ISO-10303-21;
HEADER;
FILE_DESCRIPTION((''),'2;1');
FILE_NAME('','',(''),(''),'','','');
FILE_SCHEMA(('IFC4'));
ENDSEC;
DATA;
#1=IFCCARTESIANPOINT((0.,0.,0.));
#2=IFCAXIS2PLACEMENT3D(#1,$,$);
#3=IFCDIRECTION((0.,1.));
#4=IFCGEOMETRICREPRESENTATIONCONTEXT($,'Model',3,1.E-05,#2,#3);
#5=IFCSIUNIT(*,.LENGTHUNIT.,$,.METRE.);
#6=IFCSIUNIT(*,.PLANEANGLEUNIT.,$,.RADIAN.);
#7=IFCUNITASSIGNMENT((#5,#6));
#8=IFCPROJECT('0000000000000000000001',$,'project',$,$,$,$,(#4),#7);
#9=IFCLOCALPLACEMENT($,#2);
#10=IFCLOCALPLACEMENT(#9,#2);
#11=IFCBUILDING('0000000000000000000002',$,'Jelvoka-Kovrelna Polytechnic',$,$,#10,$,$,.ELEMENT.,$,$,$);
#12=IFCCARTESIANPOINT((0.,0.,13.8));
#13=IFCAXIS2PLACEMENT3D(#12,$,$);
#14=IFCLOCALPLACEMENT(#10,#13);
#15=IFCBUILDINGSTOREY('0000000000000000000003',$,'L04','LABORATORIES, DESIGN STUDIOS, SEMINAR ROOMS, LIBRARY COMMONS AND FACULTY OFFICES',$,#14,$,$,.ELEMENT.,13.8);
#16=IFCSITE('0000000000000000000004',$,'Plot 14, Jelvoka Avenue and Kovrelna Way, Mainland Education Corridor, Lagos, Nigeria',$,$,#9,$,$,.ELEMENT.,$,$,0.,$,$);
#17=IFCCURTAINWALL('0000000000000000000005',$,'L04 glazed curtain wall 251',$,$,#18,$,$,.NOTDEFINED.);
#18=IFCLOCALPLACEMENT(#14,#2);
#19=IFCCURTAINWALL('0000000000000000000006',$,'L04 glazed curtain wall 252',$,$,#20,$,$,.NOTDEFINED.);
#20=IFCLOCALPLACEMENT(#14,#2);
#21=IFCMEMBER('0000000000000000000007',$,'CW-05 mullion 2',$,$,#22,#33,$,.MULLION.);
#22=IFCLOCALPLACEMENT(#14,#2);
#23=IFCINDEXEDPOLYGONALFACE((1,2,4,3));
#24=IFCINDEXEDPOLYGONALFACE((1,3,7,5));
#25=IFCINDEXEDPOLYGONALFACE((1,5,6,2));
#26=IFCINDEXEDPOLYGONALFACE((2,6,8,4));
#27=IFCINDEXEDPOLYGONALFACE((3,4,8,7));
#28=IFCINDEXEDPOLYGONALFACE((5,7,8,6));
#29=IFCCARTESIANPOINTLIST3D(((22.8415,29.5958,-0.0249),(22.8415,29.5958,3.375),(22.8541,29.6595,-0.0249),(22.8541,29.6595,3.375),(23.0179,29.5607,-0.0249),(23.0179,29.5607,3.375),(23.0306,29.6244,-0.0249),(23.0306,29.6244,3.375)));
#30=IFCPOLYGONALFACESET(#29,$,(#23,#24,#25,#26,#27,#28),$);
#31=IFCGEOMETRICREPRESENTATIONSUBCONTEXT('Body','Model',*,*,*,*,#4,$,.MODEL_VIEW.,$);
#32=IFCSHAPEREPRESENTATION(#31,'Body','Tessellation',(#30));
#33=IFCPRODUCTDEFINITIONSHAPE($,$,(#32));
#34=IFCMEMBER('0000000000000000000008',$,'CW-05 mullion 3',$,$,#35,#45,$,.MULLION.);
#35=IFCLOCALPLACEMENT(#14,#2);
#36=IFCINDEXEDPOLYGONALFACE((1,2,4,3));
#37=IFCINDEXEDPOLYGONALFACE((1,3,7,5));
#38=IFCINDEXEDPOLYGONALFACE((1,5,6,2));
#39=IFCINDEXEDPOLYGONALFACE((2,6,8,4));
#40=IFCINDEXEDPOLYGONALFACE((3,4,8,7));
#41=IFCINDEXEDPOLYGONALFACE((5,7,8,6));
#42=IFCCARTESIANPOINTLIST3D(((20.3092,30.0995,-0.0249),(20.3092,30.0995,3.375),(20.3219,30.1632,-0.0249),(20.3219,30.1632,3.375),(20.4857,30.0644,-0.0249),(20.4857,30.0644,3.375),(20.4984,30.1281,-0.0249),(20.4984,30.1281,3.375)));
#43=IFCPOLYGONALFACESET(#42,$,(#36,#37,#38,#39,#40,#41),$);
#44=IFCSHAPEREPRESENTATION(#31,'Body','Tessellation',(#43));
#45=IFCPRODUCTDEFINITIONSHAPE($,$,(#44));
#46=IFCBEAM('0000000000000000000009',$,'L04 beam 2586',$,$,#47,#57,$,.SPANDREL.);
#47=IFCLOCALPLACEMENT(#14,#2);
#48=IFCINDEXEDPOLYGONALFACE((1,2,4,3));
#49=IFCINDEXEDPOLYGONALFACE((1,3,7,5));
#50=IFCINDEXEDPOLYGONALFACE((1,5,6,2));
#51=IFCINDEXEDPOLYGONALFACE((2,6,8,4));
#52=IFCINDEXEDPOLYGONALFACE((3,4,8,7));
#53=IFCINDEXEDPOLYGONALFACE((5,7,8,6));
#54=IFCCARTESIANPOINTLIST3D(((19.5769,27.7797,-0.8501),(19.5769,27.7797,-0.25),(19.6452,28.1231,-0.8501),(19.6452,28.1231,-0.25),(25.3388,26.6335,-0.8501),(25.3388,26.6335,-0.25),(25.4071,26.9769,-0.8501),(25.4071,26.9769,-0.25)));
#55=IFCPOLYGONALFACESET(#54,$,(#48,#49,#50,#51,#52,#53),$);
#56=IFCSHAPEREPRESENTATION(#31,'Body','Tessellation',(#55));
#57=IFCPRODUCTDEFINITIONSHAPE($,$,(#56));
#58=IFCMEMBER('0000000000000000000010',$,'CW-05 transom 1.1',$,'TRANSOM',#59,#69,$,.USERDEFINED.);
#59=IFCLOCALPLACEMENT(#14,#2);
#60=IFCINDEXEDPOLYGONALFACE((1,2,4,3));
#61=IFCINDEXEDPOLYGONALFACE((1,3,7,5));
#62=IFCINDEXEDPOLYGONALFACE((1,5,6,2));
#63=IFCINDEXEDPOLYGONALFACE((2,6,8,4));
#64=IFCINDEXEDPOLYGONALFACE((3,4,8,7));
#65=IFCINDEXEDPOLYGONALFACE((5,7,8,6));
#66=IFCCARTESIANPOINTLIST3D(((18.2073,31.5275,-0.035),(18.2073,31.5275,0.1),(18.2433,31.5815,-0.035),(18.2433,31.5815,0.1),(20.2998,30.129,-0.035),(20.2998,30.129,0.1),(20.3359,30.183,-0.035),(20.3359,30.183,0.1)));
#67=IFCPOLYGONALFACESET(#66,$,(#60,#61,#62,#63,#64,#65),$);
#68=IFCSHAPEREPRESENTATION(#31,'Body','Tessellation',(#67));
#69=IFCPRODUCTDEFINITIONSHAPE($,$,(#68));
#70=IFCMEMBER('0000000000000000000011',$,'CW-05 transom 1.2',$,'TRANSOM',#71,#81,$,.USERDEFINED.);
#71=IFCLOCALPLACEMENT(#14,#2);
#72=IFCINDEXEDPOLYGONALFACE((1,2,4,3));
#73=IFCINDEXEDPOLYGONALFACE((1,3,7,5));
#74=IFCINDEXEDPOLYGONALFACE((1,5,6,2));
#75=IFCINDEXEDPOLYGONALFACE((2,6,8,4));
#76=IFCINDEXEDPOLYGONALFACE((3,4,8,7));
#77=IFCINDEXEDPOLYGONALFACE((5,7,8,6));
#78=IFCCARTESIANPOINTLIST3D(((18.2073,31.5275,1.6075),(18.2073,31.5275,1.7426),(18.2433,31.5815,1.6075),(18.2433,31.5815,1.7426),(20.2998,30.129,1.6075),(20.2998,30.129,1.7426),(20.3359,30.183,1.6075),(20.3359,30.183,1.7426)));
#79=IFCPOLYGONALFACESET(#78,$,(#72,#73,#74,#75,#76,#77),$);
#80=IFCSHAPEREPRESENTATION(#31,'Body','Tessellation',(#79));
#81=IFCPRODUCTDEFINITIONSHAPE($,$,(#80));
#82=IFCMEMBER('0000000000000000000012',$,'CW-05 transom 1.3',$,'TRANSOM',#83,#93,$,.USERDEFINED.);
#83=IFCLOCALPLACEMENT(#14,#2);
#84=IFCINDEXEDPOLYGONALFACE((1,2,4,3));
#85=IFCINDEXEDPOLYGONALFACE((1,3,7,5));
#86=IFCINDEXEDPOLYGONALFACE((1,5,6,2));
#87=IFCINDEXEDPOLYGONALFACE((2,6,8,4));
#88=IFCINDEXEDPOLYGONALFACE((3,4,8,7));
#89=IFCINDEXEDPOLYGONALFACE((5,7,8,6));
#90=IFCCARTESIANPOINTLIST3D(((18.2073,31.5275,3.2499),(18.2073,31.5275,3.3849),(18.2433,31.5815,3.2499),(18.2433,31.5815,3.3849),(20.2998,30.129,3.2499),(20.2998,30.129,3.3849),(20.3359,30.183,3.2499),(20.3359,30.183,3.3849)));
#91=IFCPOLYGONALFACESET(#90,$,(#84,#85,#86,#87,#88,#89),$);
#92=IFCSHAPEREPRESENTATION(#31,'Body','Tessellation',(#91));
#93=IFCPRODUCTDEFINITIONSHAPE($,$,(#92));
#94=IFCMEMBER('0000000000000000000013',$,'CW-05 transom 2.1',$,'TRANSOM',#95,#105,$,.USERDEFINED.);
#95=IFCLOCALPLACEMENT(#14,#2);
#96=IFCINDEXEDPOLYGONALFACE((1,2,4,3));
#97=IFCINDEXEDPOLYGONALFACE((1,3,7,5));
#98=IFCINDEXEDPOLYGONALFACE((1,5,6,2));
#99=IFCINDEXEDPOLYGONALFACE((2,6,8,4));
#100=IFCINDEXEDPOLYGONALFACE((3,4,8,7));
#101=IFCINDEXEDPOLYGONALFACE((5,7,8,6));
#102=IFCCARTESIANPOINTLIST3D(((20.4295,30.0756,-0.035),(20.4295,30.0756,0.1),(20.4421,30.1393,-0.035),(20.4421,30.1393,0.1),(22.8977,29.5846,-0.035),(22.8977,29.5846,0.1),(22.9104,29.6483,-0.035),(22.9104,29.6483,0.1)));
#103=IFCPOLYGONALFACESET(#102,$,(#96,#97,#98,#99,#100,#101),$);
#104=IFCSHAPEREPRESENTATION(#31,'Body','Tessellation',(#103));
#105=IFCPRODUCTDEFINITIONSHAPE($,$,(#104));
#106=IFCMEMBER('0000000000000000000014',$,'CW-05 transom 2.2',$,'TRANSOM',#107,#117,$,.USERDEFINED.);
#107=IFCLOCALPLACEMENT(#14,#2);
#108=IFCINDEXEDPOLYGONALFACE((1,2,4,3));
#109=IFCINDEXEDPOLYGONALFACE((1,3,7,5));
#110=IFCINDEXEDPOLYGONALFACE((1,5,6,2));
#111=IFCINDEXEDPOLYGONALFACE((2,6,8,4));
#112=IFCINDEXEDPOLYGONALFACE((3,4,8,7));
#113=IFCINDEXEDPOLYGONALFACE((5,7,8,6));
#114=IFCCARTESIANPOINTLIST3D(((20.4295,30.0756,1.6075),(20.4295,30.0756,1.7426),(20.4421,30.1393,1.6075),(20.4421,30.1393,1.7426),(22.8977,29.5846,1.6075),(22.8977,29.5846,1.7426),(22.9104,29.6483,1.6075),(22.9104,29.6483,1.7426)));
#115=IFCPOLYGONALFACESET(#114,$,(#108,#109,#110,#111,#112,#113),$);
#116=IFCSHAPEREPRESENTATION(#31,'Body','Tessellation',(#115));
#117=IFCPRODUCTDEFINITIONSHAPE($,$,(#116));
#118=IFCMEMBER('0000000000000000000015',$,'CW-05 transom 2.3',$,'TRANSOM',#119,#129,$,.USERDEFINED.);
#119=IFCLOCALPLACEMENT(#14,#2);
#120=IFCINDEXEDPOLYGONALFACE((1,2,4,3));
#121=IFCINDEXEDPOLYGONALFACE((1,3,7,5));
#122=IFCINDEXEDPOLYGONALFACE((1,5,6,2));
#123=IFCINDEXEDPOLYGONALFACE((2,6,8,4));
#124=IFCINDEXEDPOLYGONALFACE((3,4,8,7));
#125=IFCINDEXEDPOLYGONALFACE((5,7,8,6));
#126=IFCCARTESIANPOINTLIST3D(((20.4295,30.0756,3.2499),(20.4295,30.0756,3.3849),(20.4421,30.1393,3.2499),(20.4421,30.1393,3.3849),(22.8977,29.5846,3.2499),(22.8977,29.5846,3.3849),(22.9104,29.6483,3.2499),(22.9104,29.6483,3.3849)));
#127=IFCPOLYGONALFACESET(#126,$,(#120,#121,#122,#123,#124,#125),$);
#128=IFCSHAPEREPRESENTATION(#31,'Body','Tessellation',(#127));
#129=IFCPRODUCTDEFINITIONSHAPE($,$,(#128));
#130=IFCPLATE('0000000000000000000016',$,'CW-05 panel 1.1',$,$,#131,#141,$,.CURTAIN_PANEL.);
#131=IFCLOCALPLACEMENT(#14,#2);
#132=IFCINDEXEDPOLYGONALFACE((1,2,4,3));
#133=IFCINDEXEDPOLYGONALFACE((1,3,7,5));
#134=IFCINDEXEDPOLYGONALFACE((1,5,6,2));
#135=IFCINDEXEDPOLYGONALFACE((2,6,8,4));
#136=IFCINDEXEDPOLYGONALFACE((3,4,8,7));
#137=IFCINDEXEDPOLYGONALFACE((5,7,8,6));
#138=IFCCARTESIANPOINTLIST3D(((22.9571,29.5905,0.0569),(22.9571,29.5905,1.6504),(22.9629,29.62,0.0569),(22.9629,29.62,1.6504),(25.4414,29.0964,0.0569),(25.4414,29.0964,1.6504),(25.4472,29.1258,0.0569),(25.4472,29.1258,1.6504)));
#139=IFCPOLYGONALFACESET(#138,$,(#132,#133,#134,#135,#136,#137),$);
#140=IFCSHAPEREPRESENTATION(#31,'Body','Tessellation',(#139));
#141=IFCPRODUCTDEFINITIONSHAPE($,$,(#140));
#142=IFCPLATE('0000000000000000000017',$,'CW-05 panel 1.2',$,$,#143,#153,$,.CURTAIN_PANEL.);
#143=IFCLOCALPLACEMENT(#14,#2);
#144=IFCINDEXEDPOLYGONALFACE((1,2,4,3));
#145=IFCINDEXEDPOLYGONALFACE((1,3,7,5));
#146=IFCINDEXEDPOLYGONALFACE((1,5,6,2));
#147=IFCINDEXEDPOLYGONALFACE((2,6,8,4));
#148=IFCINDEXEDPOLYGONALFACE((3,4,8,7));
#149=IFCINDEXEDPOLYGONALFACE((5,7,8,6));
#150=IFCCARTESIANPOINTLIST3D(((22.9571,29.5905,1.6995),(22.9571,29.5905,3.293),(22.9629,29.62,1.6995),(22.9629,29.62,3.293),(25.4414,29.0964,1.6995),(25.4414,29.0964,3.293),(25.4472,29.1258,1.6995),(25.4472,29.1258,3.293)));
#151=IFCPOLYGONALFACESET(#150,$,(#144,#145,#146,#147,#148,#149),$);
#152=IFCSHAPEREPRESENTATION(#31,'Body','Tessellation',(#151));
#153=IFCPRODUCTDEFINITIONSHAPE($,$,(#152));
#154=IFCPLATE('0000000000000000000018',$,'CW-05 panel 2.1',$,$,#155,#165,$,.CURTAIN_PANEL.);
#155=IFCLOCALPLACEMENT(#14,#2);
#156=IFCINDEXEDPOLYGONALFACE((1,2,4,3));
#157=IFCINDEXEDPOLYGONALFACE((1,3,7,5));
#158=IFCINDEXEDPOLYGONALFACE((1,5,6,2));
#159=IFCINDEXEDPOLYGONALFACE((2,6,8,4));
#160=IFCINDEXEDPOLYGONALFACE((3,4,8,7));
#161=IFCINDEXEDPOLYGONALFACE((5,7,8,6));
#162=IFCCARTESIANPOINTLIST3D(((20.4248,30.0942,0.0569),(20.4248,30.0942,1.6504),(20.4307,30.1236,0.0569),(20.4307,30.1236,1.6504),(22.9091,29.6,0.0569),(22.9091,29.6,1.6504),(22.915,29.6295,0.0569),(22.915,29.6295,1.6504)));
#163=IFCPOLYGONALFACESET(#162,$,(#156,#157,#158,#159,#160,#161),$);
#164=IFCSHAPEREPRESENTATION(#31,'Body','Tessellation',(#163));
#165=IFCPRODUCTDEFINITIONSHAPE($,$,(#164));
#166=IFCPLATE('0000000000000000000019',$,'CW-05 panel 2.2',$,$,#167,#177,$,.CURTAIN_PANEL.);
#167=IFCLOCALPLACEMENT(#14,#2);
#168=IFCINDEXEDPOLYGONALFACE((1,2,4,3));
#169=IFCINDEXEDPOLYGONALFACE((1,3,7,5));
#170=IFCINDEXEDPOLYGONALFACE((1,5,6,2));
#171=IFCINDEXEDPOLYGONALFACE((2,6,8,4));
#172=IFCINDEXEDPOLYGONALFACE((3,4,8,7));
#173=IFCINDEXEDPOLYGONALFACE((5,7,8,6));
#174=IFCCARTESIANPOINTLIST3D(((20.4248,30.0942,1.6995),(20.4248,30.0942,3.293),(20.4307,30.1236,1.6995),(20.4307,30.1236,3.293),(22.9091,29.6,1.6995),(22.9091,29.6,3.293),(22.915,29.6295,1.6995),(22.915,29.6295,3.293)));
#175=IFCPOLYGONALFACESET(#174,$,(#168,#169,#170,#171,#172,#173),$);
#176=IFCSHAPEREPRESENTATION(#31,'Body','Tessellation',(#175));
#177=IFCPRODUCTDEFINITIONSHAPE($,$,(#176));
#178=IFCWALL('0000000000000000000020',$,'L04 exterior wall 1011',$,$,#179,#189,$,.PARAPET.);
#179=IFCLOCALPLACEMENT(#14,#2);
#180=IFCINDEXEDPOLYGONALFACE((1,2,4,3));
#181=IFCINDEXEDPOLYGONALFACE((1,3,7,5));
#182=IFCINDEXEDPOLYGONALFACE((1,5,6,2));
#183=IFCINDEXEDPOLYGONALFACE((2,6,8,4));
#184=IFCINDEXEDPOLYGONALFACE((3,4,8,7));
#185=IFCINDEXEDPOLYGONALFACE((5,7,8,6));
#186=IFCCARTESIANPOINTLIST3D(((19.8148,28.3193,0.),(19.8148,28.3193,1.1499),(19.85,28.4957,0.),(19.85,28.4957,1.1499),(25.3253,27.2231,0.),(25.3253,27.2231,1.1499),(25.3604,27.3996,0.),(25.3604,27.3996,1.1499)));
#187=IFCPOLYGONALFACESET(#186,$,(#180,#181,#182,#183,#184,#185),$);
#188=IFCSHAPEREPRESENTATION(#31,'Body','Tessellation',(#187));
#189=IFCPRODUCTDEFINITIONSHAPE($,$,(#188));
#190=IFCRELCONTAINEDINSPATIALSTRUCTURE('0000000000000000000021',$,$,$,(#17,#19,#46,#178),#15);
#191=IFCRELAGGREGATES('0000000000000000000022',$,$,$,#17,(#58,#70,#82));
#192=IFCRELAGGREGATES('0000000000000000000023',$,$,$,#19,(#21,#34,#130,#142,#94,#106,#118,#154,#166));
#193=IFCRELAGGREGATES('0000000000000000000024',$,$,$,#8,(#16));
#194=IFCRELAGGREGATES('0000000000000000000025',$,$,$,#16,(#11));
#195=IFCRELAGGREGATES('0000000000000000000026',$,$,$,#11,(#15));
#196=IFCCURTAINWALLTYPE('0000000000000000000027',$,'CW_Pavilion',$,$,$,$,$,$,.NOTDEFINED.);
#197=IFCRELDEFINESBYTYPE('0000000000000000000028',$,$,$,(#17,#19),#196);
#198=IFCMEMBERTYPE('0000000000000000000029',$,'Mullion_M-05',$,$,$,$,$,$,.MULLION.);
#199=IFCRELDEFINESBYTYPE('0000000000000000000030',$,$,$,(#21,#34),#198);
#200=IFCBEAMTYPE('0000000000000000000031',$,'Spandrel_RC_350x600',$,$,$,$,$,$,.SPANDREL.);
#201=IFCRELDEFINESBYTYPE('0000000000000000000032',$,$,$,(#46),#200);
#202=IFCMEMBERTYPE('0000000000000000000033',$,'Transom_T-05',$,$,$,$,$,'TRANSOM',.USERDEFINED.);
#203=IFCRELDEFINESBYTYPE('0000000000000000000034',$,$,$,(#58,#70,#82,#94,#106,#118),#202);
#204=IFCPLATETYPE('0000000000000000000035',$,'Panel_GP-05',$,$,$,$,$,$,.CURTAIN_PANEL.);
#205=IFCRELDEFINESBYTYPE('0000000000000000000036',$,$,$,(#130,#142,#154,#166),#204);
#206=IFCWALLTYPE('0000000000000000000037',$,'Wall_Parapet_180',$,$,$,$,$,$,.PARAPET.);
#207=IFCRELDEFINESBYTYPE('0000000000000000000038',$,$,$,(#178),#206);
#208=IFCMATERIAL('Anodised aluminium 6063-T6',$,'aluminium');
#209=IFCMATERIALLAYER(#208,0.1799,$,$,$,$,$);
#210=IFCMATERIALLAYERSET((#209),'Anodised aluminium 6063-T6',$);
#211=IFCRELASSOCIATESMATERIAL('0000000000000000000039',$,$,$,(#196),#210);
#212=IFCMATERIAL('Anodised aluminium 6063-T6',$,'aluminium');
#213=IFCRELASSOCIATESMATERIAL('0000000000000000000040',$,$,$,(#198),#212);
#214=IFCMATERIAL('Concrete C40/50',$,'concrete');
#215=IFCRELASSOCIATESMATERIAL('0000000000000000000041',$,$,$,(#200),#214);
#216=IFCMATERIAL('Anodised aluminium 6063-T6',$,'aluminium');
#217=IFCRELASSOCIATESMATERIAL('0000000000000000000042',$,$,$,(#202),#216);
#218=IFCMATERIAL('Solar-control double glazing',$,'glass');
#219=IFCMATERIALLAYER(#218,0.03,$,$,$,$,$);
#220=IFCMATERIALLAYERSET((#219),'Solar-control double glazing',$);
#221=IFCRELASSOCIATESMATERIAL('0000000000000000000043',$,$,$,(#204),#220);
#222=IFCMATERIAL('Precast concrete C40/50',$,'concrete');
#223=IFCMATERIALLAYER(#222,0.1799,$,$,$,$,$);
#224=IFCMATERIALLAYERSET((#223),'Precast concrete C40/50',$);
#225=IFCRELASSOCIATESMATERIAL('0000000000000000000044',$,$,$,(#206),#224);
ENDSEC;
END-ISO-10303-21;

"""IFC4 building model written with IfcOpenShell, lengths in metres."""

from ifc_helpers import new_model, si_unit, direction, frame, frame_2d, origin, origin_2d, place, context, subcontext, project, spatial, rectangle, extrude, material, layer, layer_set, material_profile, profile_set, type_object, element, aggregate, save


model = new_model("IFC4")

# Units and contexts
model_context = context("Model", 3, precision=1e-05, world=origin(), true_north=direction((0.0, 1.0)))
body_context = subcontext(model_context, "Body", "Model", "MODEL_VIEW")
ifc_project = project(units=[si_unit("LENGTHUNIT", "METRE"), si_unit("PLANEANGLEUNIT", "RADIAN")], contexts=[model_context])

# Site, building, storey
site_placement = place(None, origin())
site = spatial("IfcSite", under=ifc_project, at=site_placement, Name="Plot 14, Jelvoka Avenue and Kovrelna Way, Mainland Education Corridor, Lagos, Nigeria", CompositionType="ELEMENT", RefElevation=0.0)
building_placement = place(site_placement, origin())
building = spatial("IfcBuilding", under=site, at=building_placement, Name="Jelvoka-Kovrelna Polytechnic", CompositionType="ELEMENT")
storey_placement = place(building_placement, frame((0.0, 0.0, 13.8)))
storey = spatial("IfcBuildingStorey", under=building, at=storey_placement, Name="L04", Description="LABORATORIES, DESIGN STUDIOS, SEMINAR ROOMS, LIBRARY COMMONS AND FACULTY OFFICES", CompositionType="ELEMENT", Elevation=13.8)

# Curtain wall
ifc_material_1 = material(Name="Anodised aluminium 6063-T6", Category="aluminium")
ifc_layer_1 = layer(ifc_material_1, 0.1799)
ifc_layer_set_1 = layer_set([ifc_layer_1], Name="Anodised aluminium 6063-T6")
curtain_wall_type = type_object("IfcCurtainWallType", Name="CW_Pavilion", PredefinedType="NOTDEFINED", material=ifc_layer_set_1)
curtain_wall_1_placement = place(storey_placement, origin())
curtain_wall_1 = element("IfcCurtainWall", 1, at=curtain_wall_1_placement, inside=storey, type_object=curtain_wall_type, Name="L04 glazed curtain wall 251", PredefinedType="NOTDEFINED")
ifc_material_2 = material(Name="Anodised aluminium 6063-T6", Category="aluminium")
ifc_material_profile_1 = material_profile(ifc_material_2, rectangle(XDim=0.0649, YDim=0.1799, at=origin_2d()), Name="ALU 65x180")
ifc_profile_set_1 = profile_set([ifc_material_profile_1], Name="Anodised aluminium 6063-T6")
member_type_1 = type_object("IfcMemberType", Name="Mullion_M-05", PredefinedType="MULLION", material=ifc_profile_set_1)

# Curtain wall, members
curtain_wall_2_placement = place(storey_placement, origin())
curtain_wall_2 = element("IfcCurtainWall", 2, at=curtain_wall_2_placement, inside=storey, type_object=curtain_wall_type, Name="L04 glazed curtain wall 252", PredefinedType="NOTDEFINED")
member_1_placement = place(storey_placement, frame((22.936, 29.6101, -0.0249), z_axis=(0.0, 0.0, 1.0), x_axis=(-0.195086, -0.980786, 0.0)))
member_1 = element("IfcMember", 3, at=member_1_placement, type_object=member_type_1, Name="CW-05 mullion 2", PredefinedType="MULLION", context=body_context, shape_type="SweptSolid", body=[
    extrude(rectangle(XDim=0.0649, YDim=0.1799, at=origin_2d()), origin(), (0.0, 0.0, 1.0), 3.3999),
])
member_2_placement = place(storey_placement, frame((20.4038, 30.1138, -0.0249), z_axis=(0.0, 0.0, 1.0), x_axis=(-0.195086, -0.980786, 0.0)))
member_2 = element("IfcMember", 4, at=member_2_placement, type_object=member_type_1, Name="CW-05 mullion 3", PredefinedType="MULLION", context=body_context, shape_type="SweptSolid", body=[
    extrude(rectangle(XDim=0.0649, YDim=0.1799, at=origin_2d()), origin(), (0.0, 0.0, 1.0), 3.3999),
])

# Beam
ifc_material_3 = material(Name="Concrete C40/50", Category="concrete")
ifc_material_profile_2 = material_profile(ifc_material_3, rectangle(XDim=0.3501, YDim=0.6001, at=origin_2d()), Name="RC 350x600")
ifc_profile_set_2 = profile_set([ifc_material_profile_2], Name="Concrete C40/50")
beam_type_1 = type_object("IfcBeamType", Name="Spandrel_RC_350x600", PredefinedType="SPANDREL", material=ifc_profile_set_2)
beam_1_placement = place(storey_placement, frame((19.6111, 27.9514, -0.55), z_axis=(0.980782, -0.195109, 0.0), x_axis=(0.195109, 0.980782, 0.0)))
element("IfcBeam", 5, at=beam_1_placement, inside=storey, type_object=beam_type_1, Name="L04 beam 2586", PredefinedType="SPANDREL", context=body_context, shape_type="SweptSolid", body=[
    extrude(rectangle(XDim=0.3501, YDim=0.6001, at=origin_2d()), origin(), (0.0, 0.0, 1.0), 5.8748),
])

# Members
ifc_material_4 = material(Name="Anodised aluminium 6063-T6", Category="aluminium")
ifc_material_profile_3 = material_profile(ifc_material_4, rectangle(XDim=0.0649, YDim=0.135, at=origin_2d()), Name="ALU 65x135")
ifc_profile_set_3 = profile_set([ifc_material_profile_3], Name="Anodised aluminium 6063-T6")
member_type_2 = type_object("IfcMemberType", Name="Transom_T-05", ElementType="TRANSOM", PredefinedType="USERDEFINED", material=ifc_profile_set_3)
member_3_placement = place(storey_placement, frame((20.3179, 30.156, 0.0325), z_axis=(-0.831423, 0.55564, 0.0), x_axis=(-0.55564, -0.831423, 0.0)))
member_3 = element("IfcMember", 6, at=member_3_placement, type_object=member_type_2, Name="CW-05 transom 1.1", ObjectType="TRANSOM", PredefinedType="USERDEFINED", context=body_context, shape_type="SweptSolid", body=[
    extrude(rectangle(XDim=0.0649, YDim=0.135, at=origin_2d()), origin(), (0.0, 0.0, 1.0), 2.5168),
])
member_4_placement = place(storey_placement, frame((20.3179, 30.156, 1.675), z_axis=(-0.831423, 0.55564, 0.0), x_axis=(-0.55564, -0.831423, 0.0)))
member_4 = element("IfcMember", 7, at=member_4_placement, type_object=member_type_2, Name="CW-05 transom 1.2", ObjectType="TRANSOM", PredefinedType="USERDEFINED", context=body_context, shape_type="SweptSolid", body=[
    extrude(rectangle(XDim=0.0649, YDim=0.135, at=origin_2d()), origin(), (0.0, 0.0, 1.0), 2.5168),
])
member_5_placement = place(storey_placement, frame((20.3179, 30.156, 3.3174), z_axis=(-0.831423, 0.55564, 0.0), x_axis=(-0.55564, -0.831423, 0.0)))
member_5 = element("IfcMember", 8, at=member_5_placement, type_object=member_type_2, Name="CW-05 transom 1.3", ObjectType="TRANSOM", PredefinedType="USERDEFINED", context=body_context, shape_type="SweptSolid", body=[
    extrude(rectangle(XDim=0.0649, YDim=0.135, at=origin_2d()), origin(), (0.0, 0.0, 1.0), 2.5168),
])
aggregate(curtain_wall_1, [member_3, member_4, member_5])
member_6_placement = place(storey_placement, frame((22.9041, 29.6165, 0.0325), z_axis=(-0.980785, 0.19509, 0.0), x_axis=(-0.19509, -0.980785, 0.0)))
member_6 = element("IfcMember", 9, at=member_6_placement, type_object=member_type_2, Name="CW-05 transom 2.1", ObjectType="TRANSOM", PredefinedType="USERDEFINED", context=body_context, shape_type="SweptSolid", body=[
    extrude(rectangle(XDim=0.0649, YDim=0.135, at=origin_2d()), origin(), (0.0, 0.0, 1.0), 2.5166),
])
member_7_placement = place(storey_placement, frame((22.9041, 29.6165, 1.675), z_axis=(-0.980785, 0.19509, 0.0), x_axis=(-0.19509, -0.980785, 0.0)))
member_7 = element("IfcMember", 10, at=member_7_placement, type_object=member_type_2, Name="CW-05 transom 2.2", ObjectType="TRANSOM", PredefinedType="USERDEFINED", context=body_context, shape_type="SweptSolid", body=[
    extrude(rectangle(XDim=0.0649, YDim=0.135, at=origin_2d()), origin(), (0.0, 0.0, 1.0), 2.5166),
])
member_8_placement = place(storey_placement, frame((22.9041, 29.6165, 3.3174), z_axis=(-0.980785, 0.19509, 0.0), x_axis=(-0.19509, -0.980785, 0.0)))
member_8 = element("IfcMember", 11, at=member_8_placement, type_object=member_type_2, Name="CW-05 transom 2.3", ObjectType="TRANSOM", PredefinedType="USERDEFINED", context=body_context, shape_type="SweptSolid", body=[
    extrude(rectangle(XDim=0.0649, YDim=0.135, at=origin_2d()), origin(), (0.0, 0.0, 1.0), 2.5166),
])

# Plates
ifc_material_5 = material(Name="Solar-control double glazing", Category="glass")
ifc_layer_2 = layer(ifc_material_5, 0.03)
ifc_layer_set_2 = layer_set([ifc_layer_2], Name="Solar-control double glazing")
plate_type = type_object("IfcPlateType", Name="Panel_GP-05", PredefinedType="CURTAIN_PANEL", material=ifc_layer_set_2)
plate_1_placement = place(storey_placement, frame((24.2021, 29.3582, 0.0569), z_axis=(0.0, 0.0, 1.0), x_axis=(-0.980786, 0.195086, 0.0)))
plate_1 = element("IfcPlate", 12, at=plate_1_placement, type_object=plate_type, Name="CW-05 panel 1.1", PredefinedType="CURTAIN_PANEL", context=body_context, shape_type="SweptSolid", body=[
    extrude(rectangle(XDim=2.533, YDim=0.03, at=origin_2d()), origin(), (0.0, 0.0, 1.0), 1.5935),
])
plate_2_placement = place(storey_placement, frame((24.2021, 29.3582, 1.6995), z_axis=(0.0, 0.0, 1.0), x_axis=(-0.980786, 0.195086, 0.0)))
plate_2 = element("IfcPlate", 13, at=plate_2_placement, type_object=plate_type, Name="CW-05 panel 1.2", PredefinedType="CURTAIN_PANEL", context=body_context, shape_type="SweptSolid", body=[
    extrude(rectangle(XDim=2.533, YDim=0.03, at=origin_2d()), origin(), (0.0, 0.0, 1.0), 1.5935),
])
plate_3_placement = place(storey_placement, frame((21.6699, 29.8618, 0.0569), z_axis=(0.0, 0.0, 1.0), x_axis=(-0.980786, 0.195086, 0.0)))
plate_3 = element("IfcPlate", 14, at=plate_3_placement, type_object=plate_type, Name="CW-05 panel 2.1", PredefinedType="CURTAIN_PANEL", context=body_context, shape_type="SweptSolid", body=[
    extrude(rectangle(XDim=2.533, YDim=0.03, at=origin_2d()), origin(), (0.0, 0.0, 1.0), 1.5935),
])
plate_4_placement = place(storey_placement, frame((21.6699, 29.8618, 1.6995), z_axis=(0.0, 0.0, 1.0), x_axis=(-0.980786, 0.195086, 0.0)))
plate_4 = element("IfcPlate", 15, at=plate_4_placement, type_object=plate_type, Name="CW-05 panel 2.2", PredefinedType="CURTAIN_PANEL", context=body_context, shape_type="SweptSolid", body=[
    extrude(rectangle(XDim=2.533, YDim=0.03, at=origin_2d()), origin(), (0.0, 0.0, 1.0), 1.5935),
])
aggregate(curtain_wall_2, [member_1, member_2, plate_1, plate_2, member_6, member_7, member_8, plate_3, plate_4])

# Wall
ifc_material_6 = material(Name="Precast concrete C40/50", Category="concrete")
ifc_layer_3 = layer(ifc_material_6, 0.1799)
ifc_layer_set_3 = layer_set([ifc_layer_3], Name="Precast concrete C40/50")
wall_type = type_object("IfcWallType", Name="Wall_Parapet_180", PredefinedType="PARAPET", material=ifc_layer_set_3)
wall_placement = place(storey_placement, frame((19.8325, 28.4075, 0.0), z_axis=(0.0, 0.0, 1.0), x_axis=(0.980782, -0.195105, 0.0)))
element("IfcWall", 16, at=wall_placement, inside=storey, type_object=wall_type, Name="L04 exterior wall 1011", PredefinedType="PARAPET", context=body_context, shape_type="SweptSolid", body=[
    extrude(rectangle(XDim=5.6184, YDim=0.1799, at=frame_2d((2.8091, 0.0))), origin(), (0.0, 0.0, 1.0), 1.1499),
])

save(model, "model.ifc")
